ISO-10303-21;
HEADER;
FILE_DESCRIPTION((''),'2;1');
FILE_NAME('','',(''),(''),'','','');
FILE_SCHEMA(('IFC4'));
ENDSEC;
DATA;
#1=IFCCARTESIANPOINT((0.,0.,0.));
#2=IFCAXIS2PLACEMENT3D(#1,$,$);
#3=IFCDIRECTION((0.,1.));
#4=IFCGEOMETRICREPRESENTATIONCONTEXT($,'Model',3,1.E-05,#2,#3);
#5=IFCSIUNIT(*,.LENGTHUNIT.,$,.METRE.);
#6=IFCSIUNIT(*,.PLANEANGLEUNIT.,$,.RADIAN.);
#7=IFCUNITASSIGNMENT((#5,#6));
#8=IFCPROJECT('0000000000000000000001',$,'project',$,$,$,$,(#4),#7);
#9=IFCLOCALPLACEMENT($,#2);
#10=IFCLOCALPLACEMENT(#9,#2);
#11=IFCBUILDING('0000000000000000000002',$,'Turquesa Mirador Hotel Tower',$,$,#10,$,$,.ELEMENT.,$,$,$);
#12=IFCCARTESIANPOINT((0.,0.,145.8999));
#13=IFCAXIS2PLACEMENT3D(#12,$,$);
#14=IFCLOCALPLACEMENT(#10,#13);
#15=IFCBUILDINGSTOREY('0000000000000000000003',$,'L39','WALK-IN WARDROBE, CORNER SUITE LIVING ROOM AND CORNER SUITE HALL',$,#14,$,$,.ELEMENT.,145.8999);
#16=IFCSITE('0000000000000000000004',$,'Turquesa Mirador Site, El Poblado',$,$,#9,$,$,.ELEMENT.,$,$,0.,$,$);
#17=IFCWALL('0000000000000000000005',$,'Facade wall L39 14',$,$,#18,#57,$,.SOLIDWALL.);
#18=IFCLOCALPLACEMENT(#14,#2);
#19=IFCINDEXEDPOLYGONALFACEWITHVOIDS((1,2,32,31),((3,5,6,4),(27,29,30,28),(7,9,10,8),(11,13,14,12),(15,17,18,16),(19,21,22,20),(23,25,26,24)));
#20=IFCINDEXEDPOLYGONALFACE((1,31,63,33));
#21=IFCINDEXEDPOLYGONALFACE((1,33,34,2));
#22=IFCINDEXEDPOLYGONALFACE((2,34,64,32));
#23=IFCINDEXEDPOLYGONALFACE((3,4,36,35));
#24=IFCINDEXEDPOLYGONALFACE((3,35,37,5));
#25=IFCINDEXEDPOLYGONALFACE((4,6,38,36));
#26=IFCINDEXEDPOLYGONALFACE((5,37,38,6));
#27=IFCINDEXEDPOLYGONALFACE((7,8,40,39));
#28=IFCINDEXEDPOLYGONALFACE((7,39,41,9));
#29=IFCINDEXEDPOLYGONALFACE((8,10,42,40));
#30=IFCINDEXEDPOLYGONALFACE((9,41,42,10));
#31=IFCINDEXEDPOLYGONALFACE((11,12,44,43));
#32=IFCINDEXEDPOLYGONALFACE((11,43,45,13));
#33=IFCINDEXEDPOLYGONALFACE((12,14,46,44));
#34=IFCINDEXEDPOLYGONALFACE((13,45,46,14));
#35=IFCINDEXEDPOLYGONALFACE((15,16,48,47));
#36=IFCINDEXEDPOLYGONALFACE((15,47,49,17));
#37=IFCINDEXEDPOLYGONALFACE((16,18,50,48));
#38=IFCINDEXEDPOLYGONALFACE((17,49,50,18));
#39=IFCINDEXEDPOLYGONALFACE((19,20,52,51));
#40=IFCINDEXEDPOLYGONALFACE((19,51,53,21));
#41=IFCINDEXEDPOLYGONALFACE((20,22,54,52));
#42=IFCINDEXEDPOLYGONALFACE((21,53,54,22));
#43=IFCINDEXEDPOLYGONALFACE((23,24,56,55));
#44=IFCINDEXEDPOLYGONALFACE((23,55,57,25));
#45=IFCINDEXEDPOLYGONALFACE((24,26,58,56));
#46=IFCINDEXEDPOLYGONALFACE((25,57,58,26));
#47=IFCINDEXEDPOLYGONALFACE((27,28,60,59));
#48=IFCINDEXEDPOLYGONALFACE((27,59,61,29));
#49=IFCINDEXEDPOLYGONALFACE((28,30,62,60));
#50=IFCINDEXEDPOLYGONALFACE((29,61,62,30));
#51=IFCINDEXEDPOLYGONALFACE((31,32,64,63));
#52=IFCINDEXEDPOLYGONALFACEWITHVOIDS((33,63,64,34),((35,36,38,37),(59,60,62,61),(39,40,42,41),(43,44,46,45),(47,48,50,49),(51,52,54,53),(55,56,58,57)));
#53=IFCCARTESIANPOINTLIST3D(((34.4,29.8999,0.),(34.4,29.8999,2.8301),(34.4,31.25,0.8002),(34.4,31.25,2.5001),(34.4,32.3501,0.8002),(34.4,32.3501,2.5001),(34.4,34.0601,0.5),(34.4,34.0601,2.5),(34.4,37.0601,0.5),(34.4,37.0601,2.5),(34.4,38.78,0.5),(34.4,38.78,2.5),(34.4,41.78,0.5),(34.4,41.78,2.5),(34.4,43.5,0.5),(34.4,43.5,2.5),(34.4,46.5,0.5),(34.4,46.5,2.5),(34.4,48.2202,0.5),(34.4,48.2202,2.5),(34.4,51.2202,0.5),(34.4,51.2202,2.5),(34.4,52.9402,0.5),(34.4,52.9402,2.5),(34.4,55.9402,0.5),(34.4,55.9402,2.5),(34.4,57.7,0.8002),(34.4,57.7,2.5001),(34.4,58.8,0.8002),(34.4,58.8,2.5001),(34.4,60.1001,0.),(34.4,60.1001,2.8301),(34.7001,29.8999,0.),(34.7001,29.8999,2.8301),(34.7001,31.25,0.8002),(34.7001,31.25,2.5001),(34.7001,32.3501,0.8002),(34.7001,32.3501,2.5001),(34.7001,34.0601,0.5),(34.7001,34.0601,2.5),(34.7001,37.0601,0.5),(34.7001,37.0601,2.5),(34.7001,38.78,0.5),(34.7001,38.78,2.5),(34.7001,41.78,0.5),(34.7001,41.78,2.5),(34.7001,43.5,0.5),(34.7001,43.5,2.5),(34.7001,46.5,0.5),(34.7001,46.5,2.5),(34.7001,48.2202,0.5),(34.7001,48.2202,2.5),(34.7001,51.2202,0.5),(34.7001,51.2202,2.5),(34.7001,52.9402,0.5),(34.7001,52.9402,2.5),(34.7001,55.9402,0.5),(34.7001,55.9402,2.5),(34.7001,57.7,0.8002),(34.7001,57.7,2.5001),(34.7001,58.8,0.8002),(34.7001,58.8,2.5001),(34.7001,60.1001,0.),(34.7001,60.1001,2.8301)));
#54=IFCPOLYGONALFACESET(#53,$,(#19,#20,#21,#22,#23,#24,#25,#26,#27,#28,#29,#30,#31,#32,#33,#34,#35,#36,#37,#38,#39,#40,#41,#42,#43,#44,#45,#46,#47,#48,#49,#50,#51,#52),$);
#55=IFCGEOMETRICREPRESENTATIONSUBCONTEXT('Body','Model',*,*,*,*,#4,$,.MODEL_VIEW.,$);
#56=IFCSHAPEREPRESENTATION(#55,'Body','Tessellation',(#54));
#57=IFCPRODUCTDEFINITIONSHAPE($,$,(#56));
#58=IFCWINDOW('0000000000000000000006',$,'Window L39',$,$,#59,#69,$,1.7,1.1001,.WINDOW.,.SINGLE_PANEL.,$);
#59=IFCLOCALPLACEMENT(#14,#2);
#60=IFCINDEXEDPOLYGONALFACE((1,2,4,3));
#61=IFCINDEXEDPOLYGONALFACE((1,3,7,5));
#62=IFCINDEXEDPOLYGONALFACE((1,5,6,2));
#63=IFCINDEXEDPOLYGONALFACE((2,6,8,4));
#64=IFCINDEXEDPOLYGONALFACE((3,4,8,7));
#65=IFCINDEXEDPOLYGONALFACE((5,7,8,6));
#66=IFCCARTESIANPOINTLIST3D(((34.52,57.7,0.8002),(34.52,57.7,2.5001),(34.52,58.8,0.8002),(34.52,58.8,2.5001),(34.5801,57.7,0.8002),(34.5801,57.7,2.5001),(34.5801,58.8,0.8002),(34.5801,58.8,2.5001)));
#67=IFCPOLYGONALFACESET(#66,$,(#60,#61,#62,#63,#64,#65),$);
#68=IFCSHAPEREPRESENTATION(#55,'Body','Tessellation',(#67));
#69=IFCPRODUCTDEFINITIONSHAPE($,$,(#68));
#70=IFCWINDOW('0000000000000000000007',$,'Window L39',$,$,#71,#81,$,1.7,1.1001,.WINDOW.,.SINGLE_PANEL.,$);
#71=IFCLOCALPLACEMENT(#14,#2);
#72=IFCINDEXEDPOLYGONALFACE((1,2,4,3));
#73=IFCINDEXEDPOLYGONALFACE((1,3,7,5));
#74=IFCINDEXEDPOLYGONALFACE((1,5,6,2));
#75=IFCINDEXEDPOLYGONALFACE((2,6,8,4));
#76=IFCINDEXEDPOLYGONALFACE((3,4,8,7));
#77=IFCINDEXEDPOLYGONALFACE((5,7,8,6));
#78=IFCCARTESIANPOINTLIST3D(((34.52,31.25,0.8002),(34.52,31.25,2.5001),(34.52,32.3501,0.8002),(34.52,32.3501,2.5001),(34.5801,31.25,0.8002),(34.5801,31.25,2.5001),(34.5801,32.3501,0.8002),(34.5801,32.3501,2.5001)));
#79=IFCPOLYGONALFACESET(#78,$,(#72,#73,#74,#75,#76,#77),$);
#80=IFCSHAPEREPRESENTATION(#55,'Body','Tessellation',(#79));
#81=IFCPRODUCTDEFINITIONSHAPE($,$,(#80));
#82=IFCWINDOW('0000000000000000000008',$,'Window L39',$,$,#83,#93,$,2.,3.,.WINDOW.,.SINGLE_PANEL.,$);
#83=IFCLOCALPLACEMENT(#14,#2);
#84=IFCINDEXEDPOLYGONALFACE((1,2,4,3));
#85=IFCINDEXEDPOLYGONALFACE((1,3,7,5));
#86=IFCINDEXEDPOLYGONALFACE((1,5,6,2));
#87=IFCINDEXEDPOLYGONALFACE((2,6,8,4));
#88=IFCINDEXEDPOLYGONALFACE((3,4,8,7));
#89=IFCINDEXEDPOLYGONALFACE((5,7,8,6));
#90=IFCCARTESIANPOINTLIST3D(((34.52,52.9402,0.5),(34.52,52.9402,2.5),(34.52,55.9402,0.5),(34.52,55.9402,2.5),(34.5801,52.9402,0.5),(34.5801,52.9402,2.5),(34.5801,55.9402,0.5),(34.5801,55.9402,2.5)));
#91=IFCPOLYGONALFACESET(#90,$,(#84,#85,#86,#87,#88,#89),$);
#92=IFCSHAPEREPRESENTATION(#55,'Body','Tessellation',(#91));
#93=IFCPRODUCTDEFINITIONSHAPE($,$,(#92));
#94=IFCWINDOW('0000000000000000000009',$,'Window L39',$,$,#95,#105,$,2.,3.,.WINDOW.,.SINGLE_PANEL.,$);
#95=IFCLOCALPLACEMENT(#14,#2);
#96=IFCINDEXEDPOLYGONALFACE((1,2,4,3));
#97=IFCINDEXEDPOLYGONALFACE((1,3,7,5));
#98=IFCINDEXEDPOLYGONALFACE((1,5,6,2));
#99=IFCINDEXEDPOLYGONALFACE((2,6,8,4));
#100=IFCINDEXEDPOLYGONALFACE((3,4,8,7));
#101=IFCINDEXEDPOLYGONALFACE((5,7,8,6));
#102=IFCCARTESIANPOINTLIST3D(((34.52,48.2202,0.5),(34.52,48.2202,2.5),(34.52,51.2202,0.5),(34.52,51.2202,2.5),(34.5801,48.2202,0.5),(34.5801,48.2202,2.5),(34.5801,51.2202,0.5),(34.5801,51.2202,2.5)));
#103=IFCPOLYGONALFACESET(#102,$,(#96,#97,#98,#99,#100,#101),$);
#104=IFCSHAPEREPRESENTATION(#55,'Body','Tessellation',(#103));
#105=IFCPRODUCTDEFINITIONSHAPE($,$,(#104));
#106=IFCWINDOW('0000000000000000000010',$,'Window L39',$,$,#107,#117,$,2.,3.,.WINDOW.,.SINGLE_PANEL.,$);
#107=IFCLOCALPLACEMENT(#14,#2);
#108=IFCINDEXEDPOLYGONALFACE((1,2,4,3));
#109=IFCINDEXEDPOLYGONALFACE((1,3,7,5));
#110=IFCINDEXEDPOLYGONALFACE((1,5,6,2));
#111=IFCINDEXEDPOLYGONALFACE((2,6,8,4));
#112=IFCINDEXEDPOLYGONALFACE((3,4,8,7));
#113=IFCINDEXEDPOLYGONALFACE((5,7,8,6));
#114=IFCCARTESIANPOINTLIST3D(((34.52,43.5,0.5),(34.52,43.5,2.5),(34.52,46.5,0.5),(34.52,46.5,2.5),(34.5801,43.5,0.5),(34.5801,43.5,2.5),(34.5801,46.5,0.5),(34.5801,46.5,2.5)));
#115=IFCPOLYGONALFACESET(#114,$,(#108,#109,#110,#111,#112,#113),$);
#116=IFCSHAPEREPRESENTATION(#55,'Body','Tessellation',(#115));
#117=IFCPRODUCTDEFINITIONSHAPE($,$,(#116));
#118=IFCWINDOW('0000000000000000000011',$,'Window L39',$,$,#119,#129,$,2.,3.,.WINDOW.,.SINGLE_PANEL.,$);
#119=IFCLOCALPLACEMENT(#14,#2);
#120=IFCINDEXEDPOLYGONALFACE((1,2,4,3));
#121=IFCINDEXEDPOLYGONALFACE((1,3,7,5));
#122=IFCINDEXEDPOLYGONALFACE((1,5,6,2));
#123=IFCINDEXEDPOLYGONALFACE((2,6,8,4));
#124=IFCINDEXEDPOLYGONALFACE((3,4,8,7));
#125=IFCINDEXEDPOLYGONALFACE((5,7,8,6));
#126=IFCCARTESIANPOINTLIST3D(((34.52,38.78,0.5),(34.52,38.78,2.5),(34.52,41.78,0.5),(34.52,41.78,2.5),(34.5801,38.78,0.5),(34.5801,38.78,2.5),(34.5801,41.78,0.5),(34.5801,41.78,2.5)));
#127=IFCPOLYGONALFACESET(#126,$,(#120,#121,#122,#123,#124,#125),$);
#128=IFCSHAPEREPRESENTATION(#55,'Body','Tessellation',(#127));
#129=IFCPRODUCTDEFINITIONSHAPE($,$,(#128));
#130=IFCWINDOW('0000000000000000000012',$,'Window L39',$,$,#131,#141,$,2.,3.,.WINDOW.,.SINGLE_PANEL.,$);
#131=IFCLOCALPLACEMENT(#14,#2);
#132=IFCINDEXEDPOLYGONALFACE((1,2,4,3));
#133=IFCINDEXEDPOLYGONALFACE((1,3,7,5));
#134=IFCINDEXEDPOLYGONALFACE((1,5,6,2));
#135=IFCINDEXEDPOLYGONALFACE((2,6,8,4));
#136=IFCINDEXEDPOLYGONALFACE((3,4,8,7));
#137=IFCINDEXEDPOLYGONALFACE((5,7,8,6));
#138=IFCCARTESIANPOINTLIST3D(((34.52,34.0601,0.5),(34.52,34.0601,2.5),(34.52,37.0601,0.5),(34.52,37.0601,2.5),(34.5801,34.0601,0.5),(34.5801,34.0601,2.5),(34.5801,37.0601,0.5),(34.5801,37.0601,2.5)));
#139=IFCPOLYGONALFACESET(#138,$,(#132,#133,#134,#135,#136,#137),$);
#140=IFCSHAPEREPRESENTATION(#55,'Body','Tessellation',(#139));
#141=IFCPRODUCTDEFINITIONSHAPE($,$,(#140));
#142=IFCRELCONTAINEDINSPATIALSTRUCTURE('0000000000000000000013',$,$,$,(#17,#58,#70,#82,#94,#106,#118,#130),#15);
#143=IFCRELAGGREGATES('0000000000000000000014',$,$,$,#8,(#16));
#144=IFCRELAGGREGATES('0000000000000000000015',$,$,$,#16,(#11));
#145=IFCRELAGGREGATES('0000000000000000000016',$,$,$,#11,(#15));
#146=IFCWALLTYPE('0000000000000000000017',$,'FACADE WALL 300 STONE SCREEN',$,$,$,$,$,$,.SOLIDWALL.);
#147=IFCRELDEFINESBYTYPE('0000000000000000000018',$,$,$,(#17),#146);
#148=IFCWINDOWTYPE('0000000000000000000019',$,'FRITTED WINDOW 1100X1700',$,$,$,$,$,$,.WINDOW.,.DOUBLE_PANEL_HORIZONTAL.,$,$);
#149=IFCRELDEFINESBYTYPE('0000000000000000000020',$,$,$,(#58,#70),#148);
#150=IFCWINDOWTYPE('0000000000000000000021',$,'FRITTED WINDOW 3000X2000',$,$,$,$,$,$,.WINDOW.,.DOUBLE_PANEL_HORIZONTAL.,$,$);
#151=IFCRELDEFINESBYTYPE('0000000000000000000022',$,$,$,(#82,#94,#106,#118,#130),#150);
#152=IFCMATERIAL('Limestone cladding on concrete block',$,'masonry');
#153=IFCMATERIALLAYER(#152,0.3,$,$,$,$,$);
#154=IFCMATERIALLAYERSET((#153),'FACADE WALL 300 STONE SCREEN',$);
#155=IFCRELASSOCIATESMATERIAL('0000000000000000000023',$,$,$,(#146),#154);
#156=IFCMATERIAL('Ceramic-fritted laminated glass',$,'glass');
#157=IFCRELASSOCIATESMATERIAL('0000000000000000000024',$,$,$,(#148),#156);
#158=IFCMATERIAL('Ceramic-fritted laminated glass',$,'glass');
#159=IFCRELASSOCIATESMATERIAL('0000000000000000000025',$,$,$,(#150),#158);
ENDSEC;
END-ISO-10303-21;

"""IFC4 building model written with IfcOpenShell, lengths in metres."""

from ifc_helpers import new_model, si_unit, direction, frame, frame_2d, origin, place, context, subcontext, project, spatial, rectangle, extrude, material, layer, layer_set, type_object, element, fill, save


model = new_model("IFC4")

# Units and contexts
model_context = context("Model", 3, precision=1e-05, world=origin(), true_north=direction((0.0, 1.0)))
body_context = subcontext(model_context, "Body", "Model", "MODEL_VIEW")
ifc_project = project(units=[si_unit("LENGTHUNIT", "METRE"), si_unit("PLANEANGLEUNIT", "RADIAN")], contexts=[model_context])

# Site, building, storey
site_placement = place(None, origin())
site = spatial("IfcSite", under=ifc_project, at=site_placement, Name="Turquesa Mirador Site, El Poblado", CompositionType="ELEMENT", RefElevation=0.0)
building_placement = place(site_placement, origin())
building = spatial("IfcBuilding", under=site, at=building_placement, Name="Turquesa Mirador Hotel Tower", CompositionType="ELEMENT")
storey_placement = place(building_placement, frame((0.0, 0.0, 145.8999)))
storey = spatial("IfcBuildingStorey", under=building, at=storey_placement, Name="L39", Description="WALK-IN WARDROBE, CORNER SUITE LIVING ROOM AND CORNER SUITE HALL", CompositionType="ELEMENT", Elevation=145.8999)

# Shared definitions
ifc_material_1 = material(Name="Limestone cladding on concrete block", Category="masonry")
ifc_layer_1 = layer(ifc_material_1, 0.3)
ifc_layer_set_1 = layer_set([ifc_layer_1], Name="FACADE WALL 300 STONE SCREEN")
wall_type_1 = type_object("IfcWallType", Name="FACADE WALL 300 STONE SCREEN", PredefinedType="SOLIDWALL", material=ifc_layer_set_1)

# Wall, openings, windows
wall_1_placement = place(storey_placement, frame((34.55, 60.1001, 0.0), z_axis=(0.0, 0.0, 1.0), x_axis=(0.0, -1.0, 0.0)))
wall_1 = element("IfcWall", 1, at=wall_1_placement, inside=storey, type_object=wall_type_1, Name="Facade wall L39 14", PredefinedType="SOLIDWALL", context=body_context, shape_type="SweptSolid", body=[
    extrude(rectangle(XDim=30.2002, YDim=0.3, at=frame_2d((15.1001, 0.0))), origin(), (0.0, 0.0, 1.0), 2.8301),
])
opening_1_placement = place(wall_1_placement, frame((1.3, 0.0, 0.8)))
opening_1 = element("IfcOpeningElement", 2, at=opening_1_placement, cuts=wall_1, PredefinedType="OPENING", context=body_context, shape_type="SweptSolid", body=[
    extrude(rectangle(XDim=1.1001, YDim=1.7, at=frame_2d((0.55, 0.8501))), frame((0.0, 0.1599, 0.0), z_axis=(0.0, -1.0, 0.0), x_axis=(1.0, 0.0, 0.0)), (0.0, 0.0, 1.0), 0.3201),
])
opening_2_placement = place(wall_1_placement, frame((4.1599, 0.0, 0.5)))
opening_2 = element("IfcOpeningElement", 3, at=opening_2_placement, cuts=wall_1, PredefinedType="OPENING", context=body_context, shape_type="SweptSolid", body=[
    extrude(rectangle(XDim=3.0, YDim=2.0, at=frame_2d((1.5, 1.0))), frame((0.0, 0.1599, 0.0), z_axis=(0.0, -1.0, 0.0), x_axis=(1.0, 0.0, 0.0)), (0.0, 0.0, 1.0), 0.3201),
])
opening_3_placement = place(wall_1_placement, frame((8.8799, 0.0, 0.5)))
opening_3 = element("IfcOpeningElement", 4, at=opening_3_placement, cuts=wall_1, PredefinedType="OPENING", context=body_context, shape_type="SweptSolid", body=[
    extrude(rectangle(XDim=3.0, YDim=2.0, at=frame_2d((1.5, 1.0))), frame((0.0, 0.1599, 0.0), z_axis=(0.0, -1.0, 0.0), x_axis=(1.0, 0.0, 0.0)), (0.0, 0.0, 1.0), 0.3201),
])
opening_4_placement = place(wall_1_placement, frame((13.6001, 0.0, 0.5)))
opening_4 = element("IfcOpeningElement", 5, at=opening_4_placement, cuts=wall_1, PredefinedType="OPENING", context=body_context, shape_type="SweptSolid", body=[
    extrude(rectangle(XDim=3.0, YDim=2.0, at=frame_2d((1.5, 1.0))), frame((0.0, 0.1599, 0.0), z_axis=(0.0, -1.0, 0.0), x_axis=(1.0, 0.0, 0.0)), (0.0, 0.0, 1.0), 0.3201),
])
opening_5_placement = place(wall_1_placement, frame((18.3201, 0.0, 0.5)))
opening_5 = element("IfcOpeningElement", 6, at=opening_5_placement, cuts=wall_1, PredefinedType="OPENING", context=body_context, shape_type="SweptSolid", body=[
    extrude(rectangle(XDim=3.0, YDim=2.0, at=frame_2d((1.5, 1.0))), frame((0.0, 0.1599, 0.0), z_axis=(0.0, -1.0, 0.0), x_axis=(1.0, 0.0, 0.0)), (0.0, 0.0, 1.0), 0.3201),
])
opening_6_placement = place(wall_1_placement, frame((23.04, 0.0, 0.5)))
opening_6 = element("IfcOpeningElement", 7, at=opening_6_placement, cuts=wall_1, PredefinedType="OPENING", context=body_context, shape_type="SweptSolid", body=[
    extrude(rectangle(XDim=3.0, YDim=2.0, at=frame_2d((1.5, 1.0))), frame((0.0, 0.1599, 0.0), z_axis=(0.0, -1.0, 0.0), x_axis=(1.0, 0.0, 0.0)), (0.0, 0.0, 1.0), 0.3201),
])
opening_7_placement = place(wall_1_placement, frame((27.75, 0.0, 0.8)))
opening_7 = element("IfcOpeningElement", 8, at=opening_7_placement, cuts=wall_1, PredefinedType="OPENING", context=body_context, shape_type="SweptSolid", body=[
    extrude(rectangle(XDim=1.1001, YDim=1.7, at=frame_2d((0.55, 0.8501))), frame((0.0, 0.1599, 0.0), z_axis=(0.0, -1.0, 0.0), x_axis=(1.0, 0.0, 0.0)), (0.0, 0.0, 1.0), 0.3201),
])
ifc_material_2 = material(Name="Ceramic-fritted laminated glass", Category="glass")
window_type_1 = type_object("IfcWindowType", Name="FRITTED WINDOW 1100X1700", PartitioningType="DOUBLE_PANEL_HORIZONTAL", PredefinedType="WINDOW", material=ifc_material_2)
window_1_placement = place(opening_1_placement, origin())
window_1 = element("IfcWindow", 9, at=window_1_placement, inside=storey, type_object=window_type_1, Name="Window L39", OverallHeight=1.7, OverallWidth=1.1001, PartitioningType="SINGLE_PANEL", PredefinedType="WINDOW", context=body_context, shape_type="SweptSolid", body=[
    extrude(rectangle(XDim=1.1001, YDim=1.7, at=frame_2d((0.55, 0.8501))), frame((0.0, 0.03, 0.0), z_axis=(0.0, -1.0, 0.0), x_axis=(1.0, 0.0, 0.0)), (0.0, 0.0, 1.0), 0.0601),
])
fill(opening_1, window_1)
window_2_placement = place(opening_7_placement, origin())
window_2 = element("IfcWindow", 10, at=window_2_placement, inside=storey, type_object=window_type_1, Name="Window L39", OverallHeight=1.7, OverallWidth=1.1001, PartitioningType="SINGLE_PANEL", PredefinedType="WINDOW", context=body_context, shape_type="SweptSolid", body=[
    extrude(rectangle(XDim=1.1001, YDim=1.7, at=frame_2d((0.55, 0.8501))), frame((0.0, 0.03, 0.0), z_axis=(0.0, -1.0, 0.0), x_axis=(1.0, 0.0, 0.0)), (0.0, 0.0, 1.0), 0.0601),
])
fill(opening_7, window_2)
ifc_material_3 = material(Name="Ceramic-fritted laminated glass", Category="glass")
window_type_2 = type_object("IfcWindowType", Name="FRITTED WINDOW 3000X2000", PartitioningType="DOUBLE_PANEL_HORIZONTAL", PredefinedType="WINDOW", material=ifc_material_3)
window_3_placement = place(opening_2_placement, origin())
window_3 = element("IfcWindow", 11, at=window_3_placement, inside=storey, type_object=window_type_2, Name="Window L39", OverallHeight=2.0, OverallWidth=3.0, PartitioningType="SINGLE_PANEL", PredefinedType="WINDOW", context=body_context, shape_type="SweptSolid", body=[
    extrude(rectangle(XDim=3.0, YDim=2.0, at=frame_2d((1.5, 1.0))), frame((0.0, 0.03, 0.0), z_axis=(0.0, -1.0, 0.0), x_axis=(1.0, 0.0, 0.0)), (0.0, 0.0, 1.0), 0.0601),
])
fill(opening_2, window_3)
window_4_placement = place(opening_3_placement, origin())
window_4 = element("IfcWindow", 12, at=window_4_placement, inside=storey, type_object=window_type_2, Name="Window L39", OverallHeight=2.0, OverallWidth=3.0, PartitioningType="SINGLE_PANEL", PredefinedType="WINDOW", context=body_context, shape_type="SweptSolid", body=[
    extrude(rectangle(XDim=3.0, YDim=2.0, at=frame_2d((1.5, 1.0))), frame((0.0, 0.03, 0.0), z_axis=(0.0, -1.0, 0.0), x_axis=(1.0, 0.0, 0.0)), (0.0, 0.0, 1.0), 0.0601),
])
fill(opening_3, window_4)
window_5_placement = place(opening_4_placement, origin())
window_5 = element("IfcWindow", 13, at=window_5_placement, inside=storey, type_object=window_type_2, Name="Window L39", OverallHeight=2.0, OverallWidth=3.0, PartitioningType="SINGLE_PANEL", PredefinedType="WINDOW", context=body_context, shape_type="SweptSolid", body=[
    extrude(rectangle(XDim=3.0, YDim=2.0, at=frame_2d((1.5, 1.0))), frame((0.0, 0.03, 0.0), z_axis=(0.0, -1.0, 0.0), x_axis=(1.0, 0.0, 0.0)), (0.0, 0.0, 1.0), 0.0601),
])
fill(opening_4, window_5)
window_6_placement = place(opening_5_placement, origin())
window_6 = element("IfcWindow", 14, at=window_6_placement, inside=storey, type_object=window_type_2, Name="Window L39", OverallHeight=2.0, OverallWidth=3.0, PartitioningType="SINGLE_PANEL", PredefinedType="WINDOW", context=body_context, shape_type="SweptSolid", body=[
    extrude(rectangle(XDim=3.0, YDim=2.0, at=frame_2d((1.5, 1.0))), frame((0.0, 0.03, 0.0), z_axis=(0.0, -1.0, 0.0), x_axis=(1.0, 0.0, 0.0)), (0.0, 0.0, 1.0), 0.0601),
])
fill(opening_5, window_6)
window_7_placement = place(opening_6_placement, origin())
window_7 = element("IfcWindow", 15, at=window_7_placement, inside=storey, type_object=window_type_2, Name="Window L39", OverallHeight=2.0, OverallWidth=3.0, PartitioningType="SINGLE_PANEL", PredefinedType="WINDOW", context=body_context, shape_type="SweptSolid", body=[
    extrude(rectangle(XDim=3.0, YDim=2.0, at=frame_2d((1.5, 1.0))), frame((0.0, 0.03, 0.0), z_axis=(0.0, -1.0, 0.0), x_axis=(1.0, 0.0, 0.0)), (0.0, 0.0, 1.0), 0.0601),
])
fill(opening_6, window_7)

save(model, "model.ifc")
